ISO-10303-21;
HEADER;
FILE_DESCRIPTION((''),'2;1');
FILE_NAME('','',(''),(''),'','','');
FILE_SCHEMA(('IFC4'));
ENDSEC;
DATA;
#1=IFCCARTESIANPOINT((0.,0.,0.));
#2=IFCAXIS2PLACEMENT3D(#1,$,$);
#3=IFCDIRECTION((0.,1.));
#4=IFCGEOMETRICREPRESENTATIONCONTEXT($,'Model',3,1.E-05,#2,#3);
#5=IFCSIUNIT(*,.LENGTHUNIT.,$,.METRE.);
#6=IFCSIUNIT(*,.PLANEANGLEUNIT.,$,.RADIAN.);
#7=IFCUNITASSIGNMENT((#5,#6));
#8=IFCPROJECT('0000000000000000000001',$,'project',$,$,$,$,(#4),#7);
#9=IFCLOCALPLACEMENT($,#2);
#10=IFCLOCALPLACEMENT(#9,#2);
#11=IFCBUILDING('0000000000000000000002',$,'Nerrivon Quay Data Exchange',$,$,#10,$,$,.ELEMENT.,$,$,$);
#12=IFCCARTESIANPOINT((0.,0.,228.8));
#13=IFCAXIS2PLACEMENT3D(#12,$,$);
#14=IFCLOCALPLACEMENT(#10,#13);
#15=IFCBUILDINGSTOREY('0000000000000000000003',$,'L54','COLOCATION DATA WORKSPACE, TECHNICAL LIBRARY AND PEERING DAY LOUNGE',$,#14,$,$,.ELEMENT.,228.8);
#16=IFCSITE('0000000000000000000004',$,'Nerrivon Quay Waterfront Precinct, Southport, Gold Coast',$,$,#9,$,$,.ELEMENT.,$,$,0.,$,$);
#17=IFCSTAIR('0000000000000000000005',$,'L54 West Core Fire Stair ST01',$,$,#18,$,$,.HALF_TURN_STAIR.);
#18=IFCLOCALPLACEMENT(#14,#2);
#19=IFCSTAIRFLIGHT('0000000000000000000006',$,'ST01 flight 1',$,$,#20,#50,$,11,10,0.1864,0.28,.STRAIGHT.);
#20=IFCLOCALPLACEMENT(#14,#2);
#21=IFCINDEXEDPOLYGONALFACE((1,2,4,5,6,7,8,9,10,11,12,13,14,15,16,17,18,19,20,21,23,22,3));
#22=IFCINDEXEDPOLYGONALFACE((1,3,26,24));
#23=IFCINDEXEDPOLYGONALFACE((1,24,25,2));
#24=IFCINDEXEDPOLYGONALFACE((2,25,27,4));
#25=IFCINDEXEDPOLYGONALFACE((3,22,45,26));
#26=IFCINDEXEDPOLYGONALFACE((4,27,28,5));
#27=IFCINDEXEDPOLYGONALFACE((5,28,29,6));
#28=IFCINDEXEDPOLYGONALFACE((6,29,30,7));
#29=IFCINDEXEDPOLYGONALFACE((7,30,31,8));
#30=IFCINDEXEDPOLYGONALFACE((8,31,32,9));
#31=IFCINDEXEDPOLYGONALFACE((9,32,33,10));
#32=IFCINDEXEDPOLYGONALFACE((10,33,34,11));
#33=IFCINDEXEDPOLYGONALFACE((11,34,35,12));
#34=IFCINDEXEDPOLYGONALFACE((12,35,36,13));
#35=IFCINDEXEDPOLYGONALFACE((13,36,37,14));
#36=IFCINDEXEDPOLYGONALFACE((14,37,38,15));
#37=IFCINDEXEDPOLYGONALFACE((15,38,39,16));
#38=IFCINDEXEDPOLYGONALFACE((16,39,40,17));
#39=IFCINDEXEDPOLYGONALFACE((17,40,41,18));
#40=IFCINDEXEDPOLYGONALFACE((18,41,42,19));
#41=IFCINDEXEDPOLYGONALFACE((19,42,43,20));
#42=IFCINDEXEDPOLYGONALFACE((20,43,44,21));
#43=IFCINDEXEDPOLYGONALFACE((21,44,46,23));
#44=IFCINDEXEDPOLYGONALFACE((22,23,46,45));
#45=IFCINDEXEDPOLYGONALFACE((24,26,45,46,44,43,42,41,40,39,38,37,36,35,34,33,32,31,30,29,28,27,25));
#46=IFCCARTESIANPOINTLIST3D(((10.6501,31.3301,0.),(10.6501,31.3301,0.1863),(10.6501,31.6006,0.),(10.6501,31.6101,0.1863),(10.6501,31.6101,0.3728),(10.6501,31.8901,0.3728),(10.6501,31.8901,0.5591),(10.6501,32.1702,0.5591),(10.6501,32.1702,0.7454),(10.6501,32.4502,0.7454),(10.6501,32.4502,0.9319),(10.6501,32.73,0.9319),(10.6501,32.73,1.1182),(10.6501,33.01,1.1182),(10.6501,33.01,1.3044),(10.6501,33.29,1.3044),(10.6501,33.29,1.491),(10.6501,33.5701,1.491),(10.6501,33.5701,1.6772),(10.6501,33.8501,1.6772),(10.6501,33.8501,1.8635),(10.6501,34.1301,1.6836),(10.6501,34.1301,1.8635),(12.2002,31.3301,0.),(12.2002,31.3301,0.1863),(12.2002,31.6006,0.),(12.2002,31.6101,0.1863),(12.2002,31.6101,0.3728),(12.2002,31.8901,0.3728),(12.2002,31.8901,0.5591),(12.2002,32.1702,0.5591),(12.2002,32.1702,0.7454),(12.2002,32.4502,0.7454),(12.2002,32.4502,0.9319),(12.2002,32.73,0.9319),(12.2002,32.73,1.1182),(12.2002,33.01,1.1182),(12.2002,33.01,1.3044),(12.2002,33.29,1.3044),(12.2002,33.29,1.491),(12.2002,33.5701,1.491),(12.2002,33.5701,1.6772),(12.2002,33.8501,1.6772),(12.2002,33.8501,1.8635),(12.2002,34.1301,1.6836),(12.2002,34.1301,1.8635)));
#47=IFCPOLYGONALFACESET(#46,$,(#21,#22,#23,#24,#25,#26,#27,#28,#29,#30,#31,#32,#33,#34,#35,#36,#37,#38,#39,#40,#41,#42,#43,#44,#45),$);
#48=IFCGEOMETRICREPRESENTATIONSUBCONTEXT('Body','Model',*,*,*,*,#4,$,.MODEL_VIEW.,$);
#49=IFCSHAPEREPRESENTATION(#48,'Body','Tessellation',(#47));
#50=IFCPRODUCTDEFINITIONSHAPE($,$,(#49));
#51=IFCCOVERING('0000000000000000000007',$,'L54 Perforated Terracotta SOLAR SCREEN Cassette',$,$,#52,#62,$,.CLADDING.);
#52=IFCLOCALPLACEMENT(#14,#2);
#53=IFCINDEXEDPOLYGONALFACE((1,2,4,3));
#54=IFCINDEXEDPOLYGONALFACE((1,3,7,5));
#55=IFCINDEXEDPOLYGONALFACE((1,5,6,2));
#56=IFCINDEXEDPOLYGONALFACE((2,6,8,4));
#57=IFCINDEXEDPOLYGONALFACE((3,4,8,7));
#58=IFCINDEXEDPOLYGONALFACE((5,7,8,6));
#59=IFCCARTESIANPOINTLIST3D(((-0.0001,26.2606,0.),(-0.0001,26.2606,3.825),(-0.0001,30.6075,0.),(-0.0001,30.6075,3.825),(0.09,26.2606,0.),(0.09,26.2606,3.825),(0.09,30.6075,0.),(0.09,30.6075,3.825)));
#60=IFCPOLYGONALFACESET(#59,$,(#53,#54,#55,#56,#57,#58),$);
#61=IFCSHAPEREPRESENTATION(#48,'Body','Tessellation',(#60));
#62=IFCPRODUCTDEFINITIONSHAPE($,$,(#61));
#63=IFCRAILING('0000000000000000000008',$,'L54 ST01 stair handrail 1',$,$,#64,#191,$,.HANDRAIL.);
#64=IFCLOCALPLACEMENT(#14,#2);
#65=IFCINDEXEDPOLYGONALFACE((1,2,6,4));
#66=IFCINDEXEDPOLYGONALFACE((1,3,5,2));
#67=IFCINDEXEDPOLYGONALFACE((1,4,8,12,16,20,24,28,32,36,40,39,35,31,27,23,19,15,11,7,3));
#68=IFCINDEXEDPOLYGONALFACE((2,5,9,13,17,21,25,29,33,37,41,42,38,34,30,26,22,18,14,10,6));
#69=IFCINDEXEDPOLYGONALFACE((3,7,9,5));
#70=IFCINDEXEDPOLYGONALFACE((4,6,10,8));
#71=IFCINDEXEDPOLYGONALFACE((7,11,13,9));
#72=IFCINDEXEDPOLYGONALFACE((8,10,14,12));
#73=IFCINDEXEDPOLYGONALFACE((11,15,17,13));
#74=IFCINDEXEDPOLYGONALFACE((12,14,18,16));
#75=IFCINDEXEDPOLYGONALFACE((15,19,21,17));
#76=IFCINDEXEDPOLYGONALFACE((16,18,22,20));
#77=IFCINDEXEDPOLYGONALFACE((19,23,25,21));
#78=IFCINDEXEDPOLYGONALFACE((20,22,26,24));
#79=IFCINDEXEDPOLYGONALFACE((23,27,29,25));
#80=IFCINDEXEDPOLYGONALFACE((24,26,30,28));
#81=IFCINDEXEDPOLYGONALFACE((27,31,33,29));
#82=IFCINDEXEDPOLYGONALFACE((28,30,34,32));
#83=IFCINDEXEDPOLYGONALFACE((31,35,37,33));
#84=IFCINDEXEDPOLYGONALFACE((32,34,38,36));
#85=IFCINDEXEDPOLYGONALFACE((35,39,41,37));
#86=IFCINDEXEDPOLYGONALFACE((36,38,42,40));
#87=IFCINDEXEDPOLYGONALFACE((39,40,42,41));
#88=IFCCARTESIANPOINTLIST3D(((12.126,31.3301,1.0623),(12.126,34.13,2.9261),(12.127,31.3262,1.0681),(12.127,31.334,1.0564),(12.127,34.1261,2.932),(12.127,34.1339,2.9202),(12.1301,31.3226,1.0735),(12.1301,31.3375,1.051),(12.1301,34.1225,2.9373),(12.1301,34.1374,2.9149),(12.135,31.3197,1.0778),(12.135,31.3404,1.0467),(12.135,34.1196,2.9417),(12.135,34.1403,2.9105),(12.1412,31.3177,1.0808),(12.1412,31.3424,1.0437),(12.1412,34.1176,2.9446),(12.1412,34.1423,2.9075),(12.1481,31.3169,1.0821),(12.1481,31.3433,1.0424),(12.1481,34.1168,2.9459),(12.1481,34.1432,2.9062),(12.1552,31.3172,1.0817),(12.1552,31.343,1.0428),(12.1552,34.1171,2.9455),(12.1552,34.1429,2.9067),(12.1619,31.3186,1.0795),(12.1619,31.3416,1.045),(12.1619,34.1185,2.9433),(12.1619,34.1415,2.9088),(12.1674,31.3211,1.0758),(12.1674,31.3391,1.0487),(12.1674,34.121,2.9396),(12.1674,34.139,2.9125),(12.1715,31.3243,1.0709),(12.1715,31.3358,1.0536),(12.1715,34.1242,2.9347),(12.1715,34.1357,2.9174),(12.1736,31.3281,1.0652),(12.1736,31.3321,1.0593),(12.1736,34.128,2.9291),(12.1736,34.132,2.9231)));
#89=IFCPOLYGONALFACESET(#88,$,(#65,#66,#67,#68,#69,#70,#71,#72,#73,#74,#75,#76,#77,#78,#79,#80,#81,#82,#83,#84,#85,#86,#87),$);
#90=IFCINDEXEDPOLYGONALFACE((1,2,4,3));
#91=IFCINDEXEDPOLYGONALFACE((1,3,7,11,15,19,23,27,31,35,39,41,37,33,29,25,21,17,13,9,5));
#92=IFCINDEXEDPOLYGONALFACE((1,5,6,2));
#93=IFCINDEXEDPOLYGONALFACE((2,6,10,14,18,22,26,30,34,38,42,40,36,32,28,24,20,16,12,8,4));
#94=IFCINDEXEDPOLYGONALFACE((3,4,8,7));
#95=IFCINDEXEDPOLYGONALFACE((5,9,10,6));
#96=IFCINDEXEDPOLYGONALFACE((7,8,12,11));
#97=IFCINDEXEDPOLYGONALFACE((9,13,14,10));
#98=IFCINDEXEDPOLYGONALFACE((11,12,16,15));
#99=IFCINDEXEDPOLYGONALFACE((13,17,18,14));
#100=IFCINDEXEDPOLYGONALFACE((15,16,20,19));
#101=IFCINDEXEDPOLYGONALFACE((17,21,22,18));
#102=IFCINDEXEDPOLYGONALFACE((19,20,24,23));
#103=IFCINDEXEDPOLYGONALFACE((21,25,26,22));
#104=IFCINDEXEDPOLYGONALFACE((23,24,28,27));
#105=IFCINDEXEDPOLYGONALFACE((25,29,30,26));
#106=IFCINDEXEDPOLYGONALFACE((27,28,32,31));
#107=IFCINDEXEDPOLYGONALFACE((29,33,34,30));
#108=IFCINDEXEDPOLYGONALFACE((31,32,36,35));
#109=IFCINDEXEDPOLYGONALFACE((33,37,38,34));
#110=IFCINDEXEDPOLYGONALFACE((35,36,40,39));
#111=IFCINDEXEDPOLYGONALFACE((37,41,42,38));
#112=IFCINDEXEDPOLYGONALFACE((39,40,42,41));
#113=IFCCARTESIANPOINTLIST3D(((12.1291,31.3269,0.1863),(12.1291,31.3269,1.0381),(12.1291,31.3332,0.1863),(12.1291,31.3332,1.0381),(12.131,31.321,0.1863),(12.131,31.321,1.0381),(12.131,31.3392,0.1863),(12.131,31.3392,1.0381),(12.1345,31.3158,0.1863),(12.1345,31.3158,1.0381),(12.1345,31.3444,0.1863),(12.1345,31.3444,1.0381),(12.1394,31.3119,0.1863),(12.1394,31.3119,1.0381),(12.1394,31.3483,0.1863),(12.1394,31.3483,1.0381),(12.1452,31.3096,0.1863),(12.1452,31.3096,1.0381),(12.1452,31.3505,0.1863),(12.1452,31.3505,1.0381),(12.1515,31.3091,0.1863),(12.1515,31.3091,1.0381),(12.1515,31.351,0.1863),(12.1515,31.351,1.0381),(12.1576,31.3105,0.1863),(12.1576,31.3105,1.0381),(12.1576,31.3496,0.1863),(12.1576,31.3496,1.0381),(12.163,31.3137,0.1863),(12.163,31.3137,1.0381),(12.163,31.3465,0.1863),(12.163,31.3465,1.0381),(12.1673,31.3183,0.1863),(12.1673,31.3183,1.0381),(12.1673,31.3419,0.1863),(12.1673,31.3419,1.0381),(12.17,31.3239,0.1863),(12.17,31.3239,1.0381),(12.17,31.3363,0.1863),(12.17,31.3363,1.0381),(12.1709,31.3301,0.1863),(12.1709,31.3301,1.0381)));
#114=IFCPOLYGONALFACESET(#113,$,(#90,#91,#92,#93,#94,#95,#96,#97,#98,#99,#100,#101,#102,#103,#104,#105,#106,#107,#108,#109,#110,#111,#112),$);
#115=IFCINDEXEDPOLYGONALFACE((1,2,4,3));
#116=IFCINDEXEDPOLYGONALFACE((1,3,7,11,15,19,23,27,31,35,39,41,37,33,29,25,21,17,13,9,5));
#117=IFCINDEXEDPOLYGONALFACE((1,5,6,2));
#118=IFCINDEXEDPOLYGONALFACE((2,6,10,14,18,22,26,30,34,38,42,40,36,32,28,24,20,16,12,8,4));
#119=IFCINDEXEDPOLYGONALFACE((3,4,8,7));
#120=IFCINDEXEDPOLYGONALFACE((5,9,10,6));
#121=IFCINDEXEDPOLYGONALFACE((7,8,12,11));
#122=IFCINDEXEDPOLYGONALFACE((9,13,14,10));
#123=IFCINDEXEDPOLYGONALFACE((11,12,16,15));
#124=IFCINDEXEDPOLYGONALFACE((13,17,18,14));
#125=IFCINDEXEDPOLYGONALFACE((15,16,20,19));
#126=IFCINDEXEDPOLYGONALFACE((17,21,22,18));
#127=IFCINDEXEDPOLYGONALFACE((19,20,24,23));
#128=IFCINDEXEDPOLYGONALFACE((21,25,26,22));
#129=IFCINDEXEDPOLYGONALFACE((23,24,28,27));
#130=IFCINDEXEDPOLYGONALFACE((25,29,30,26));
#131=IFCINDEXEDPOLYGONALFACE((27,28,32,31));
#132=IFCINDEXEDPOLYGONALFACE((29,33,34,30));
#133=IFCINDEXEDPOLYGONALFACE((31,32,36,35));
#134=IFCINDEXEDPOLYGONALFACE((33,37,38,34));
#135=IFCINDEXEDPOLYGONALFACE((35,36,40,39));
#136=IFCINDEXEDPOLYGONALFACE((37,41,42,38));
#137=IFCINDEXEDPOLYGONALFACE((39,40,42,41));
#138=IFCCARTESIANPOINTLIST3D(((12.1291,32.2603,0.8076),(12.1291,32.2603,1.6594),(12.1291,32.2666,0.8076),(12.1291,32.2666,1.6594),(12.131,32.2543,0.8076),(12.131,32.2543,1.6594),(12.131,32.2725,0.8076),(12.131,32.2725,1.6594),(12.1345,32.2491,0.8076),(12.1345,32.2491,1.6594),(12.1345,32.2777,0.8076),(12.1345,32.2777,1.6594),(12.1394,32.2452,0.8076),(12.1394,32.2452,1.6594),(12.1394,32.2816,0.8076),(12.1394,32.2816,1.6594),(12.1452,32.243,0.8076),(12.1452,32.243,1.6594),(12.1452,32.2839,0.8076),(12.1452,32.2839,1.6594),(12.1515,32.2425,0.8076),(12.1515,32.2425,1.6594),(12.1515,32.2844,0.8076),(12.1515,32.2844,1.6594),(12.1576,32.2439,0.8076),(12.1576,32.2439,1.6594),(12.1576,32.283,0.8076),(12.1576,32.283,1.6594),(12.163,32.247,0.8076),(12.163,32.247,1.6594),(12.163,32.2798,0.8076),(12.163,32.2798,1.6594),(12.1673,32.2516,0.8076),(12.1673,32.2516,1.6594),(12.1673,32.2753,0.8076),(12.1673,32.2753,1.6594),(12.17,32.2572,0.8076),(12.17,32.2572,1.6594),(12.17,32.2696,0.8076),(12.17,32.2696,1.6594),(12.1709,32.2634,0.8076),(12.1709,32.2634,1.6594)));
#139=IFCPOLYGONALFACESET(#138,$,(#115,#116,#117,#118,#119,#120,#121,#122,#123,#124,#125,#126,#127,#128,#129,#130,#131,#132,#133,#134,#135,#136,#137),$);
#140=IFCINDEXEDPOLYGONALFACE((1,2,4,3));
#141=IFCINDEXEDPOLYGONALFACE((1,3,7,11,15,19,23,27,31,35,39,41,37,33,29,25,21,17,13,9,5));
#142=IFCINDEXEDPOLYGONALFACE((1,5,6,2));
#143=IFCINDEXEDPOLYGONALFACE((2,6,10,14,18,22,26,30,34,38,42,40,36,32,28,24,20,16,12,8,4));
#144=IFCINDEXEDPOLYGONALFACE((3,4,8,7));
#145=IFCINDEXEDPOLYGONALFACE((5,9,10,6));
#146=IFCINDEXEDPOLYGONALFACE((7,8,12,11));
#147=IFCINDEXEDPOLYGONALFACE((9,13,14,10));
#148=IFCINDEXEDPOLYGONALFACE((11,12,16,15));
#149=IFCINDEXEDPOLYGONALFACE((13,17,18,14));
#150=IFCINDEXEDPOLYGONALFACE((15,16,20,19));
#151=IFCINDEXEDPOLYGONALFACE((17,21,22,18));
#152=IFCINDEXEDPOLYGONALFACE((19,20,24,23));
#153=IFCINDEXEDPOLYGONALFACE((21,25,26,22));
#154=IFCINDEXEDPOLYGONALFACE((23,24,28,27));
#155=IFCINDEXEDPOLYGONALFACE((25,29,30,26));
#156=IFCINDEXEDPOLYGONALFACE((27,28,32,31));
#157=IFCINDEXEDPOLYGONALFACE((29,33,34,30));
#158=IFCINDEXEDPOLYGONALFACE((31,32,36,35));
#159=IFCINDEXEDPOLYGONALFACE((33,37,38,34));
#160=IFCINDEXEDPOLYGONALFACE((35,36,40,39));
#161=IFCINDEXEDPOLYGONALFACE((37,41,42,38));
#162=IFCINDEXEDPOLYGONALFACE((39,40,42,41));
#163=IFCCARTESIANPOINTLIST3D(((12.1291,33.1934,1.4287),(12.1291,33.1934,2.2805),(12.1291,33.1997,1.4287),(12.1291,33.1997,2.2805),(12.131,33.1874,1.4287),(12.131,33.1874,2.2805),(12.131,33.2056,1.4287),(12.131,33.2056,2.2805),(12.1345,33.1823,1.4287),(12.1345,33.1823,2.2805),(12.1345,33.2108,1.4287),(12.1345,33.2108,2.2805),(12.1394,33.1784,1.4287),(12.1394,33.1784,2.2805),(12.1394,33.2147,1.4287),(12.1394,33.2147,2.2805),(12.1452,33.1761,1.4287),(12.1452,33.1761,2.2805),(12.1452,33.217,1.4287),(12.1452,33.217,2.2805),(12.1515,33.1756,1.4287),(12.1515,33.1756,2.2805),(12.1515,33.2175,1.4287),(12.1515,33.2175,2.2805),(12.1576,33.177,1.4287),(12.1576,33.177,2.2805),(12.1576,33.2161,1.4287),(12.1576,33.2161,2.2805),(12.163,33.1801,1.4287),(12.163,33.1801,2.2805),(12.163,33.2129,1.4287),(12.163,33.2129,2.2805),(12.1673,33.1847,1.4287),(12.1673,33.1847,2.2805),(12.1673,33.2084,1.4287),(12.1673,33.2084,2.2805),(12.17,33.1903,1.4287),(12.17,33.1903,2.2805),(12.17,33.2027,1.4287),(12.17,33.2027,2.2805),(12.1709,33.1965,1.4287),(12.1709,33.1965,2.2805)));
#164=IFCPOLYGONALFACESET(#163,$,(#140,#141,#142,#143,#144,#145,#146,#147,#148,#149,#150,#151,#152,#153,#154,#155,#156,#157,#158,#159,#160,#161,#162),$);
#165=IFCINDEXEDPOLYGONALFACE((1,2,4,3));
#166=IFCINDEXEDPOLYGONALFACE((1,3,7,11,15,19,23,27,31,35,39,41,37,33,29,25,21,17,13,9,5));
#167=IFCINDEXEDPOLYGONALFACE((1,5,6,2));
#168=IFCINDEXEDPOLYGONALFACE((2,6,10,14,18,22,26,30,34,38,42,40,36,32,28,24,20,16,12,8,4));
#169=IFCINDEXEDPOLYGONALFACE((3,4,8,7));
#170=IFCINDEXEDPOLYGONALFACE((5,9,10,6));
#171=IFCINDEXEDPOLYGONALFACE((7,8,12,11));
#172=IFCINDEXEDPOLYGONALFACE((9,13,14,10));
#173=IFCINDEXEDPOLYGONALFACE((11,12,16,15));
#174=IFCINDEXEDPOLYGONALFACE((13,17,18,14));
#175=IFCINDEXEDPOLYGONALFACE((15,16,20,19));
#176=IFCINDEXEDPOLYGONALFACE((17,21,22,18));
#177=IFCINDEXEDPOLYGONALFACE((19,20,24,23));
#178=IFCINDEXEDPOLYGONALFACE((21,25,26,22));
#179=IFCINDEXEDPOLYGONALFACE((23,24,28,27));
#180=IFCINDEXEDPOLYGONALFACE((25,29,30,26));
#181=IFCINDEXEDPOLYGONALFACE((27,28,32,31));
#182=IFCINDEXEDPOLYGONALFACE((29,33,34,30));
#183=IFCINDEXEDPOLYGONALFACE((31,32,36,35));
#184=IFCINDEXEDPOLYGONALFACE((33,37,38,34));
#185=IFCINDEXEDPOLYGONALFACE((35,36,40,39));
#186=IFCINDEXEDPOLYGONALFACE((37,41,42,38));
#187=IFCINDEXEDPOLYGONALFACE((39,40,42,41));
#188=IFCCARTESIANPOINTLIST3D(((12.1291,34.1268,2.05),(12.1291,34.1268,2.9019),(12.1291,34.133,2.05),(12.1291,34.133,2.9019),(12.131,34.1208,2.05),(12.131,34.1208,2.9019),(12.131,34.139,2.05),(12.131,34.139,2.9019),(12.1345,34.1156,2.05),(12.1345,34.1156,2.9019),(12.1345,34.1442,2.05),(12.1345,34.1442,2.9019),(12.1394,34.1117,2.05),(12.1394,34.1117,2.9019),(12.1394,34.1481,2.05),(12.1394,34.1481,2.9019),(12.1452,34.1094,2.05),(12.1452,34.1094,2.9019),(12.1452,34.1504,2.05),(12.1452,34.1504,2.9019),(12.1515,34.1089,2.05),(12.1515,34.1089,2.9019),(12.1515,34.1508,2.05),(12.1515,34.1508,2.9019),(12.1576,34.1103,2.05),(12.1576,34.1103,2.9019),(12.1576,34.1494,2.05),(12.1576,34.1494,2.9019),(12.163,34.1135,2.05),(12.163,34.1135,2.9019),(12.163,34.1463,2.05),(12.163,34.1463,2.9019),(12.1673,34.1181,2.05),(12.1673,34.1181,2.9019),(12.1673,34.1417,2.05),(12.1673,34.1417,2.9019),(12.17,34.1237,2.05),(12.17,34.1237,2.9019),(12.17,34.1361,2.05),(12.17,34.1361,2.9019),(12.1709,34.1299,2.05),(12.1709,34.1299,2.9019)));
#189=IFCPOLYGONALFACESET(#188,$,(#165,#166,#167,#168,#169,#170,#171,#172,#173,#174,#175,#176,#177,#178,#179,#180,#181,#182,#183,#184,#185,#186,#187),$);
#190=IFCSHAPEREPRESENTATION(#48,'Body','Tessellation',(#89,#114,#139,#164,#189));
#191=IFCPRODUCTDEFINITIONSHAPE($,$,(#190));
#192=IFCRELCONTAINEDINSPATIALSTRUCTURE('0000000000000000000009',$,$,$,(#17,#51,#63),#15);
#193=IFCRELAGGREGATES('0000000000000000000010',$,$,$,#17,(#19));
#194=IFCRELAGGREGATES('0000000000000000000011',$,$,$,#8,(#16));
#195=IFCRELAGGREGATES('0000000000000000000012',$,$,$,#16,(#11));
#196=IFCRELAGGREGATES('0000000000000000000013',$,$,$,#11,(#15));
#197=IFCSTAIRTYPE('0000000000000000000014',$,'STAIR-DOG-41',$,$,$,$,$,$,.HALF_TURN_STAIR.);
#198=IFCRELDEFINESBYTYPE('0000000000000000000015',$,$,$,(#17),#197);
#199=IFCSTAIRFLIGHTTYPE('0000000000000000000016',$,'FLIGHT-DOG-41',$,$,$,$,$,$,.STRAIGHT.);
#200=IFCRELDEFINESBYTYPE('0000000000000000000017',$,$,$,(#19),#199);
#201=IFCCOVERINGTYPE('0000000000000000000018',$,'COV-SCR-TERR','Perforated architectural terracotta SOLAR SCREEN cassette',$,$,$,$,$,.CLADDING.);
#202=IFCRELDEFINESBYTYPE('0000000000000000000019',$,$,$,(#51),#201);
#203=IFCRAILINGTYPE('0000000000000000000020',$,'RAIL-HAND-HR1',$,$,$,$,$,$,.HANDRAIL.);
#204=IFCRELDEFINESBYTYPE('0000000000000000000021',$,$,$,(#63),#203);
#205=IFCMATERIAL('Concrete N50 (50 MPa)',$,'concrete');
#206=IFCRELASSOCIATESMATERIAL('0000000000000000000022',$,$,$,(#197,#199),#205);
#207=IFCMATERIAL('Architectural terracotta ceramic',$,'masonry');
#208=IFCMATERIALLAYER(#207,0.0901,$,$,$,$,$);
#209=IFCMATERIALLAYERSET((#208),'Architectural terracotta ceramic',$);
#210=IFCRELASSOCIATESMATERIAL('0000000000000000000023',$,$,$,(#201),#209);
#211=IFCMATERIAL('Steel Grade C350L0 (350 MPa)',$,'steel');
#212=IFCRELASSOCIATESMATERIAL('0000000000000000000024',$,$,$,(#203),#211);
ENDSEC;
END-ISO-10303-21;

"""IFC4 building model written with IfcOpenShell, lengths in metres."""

from ifc_helpers import new_model, si_unit, direction, frame, origin, origin_2d, place, context, subcontext, project, spatial, polyline, rectangle, circle, outline, extrude, material, layer, layer_set, type_object, element, aggregate, save


model = new_model("IFC4")

# Units and contexts
model_context = context("Model", 3, precision=1e-05, world=origin(), true_north=direction((0.0, 1.0)))
body_context = subcontext(model_context, "Body", "Model", "MODEL_VIEW")
ifc_project = project(units=[si_unit("LENGTHUNIT", "METRE"), si_unit("PLANEANGLEUNIT", "RADIAN")], contexts=[model_context])

# Site, building, storey
site_placement = place(None, origin())
site = spatial("IfcSite", under=ifc_project, at=site_placement, Name="Nerrivon Quay Waterfront Precinct, Southport, Gold Coast", CompositionType="ELEMENT", RefElevation=0.0)
building_placement = place(site_placement, origin())
building = spatial("IfcBuilding", under=site, at=building_placement, Name="Nerrivon Quay Data Exchange", CompositionType="ELEMENT")
storey_placement = place(building_placement, frame((0.0, 0.0, 228.8)))
storey = spatial("IfcBuildingStorey", under=building, at=storey_placement, Name="L54", Description="COLOCATION DATA WORKSPACE, TECHNICAL LIBRARY AND PEERING DAY LOUNGE", CompositionType="ELEMENT", Elevation=228.8)

# Shared definitions
ifc_material_1 = material(Name="Concrete N50 (50 MPa)", Category="concrete")

# Stair, stair flight
stair_type = type_object("IfcStairType", Name="STAIR-DOG-41", PredefinedType="HALF_TURN_STAIR", material=ifc_material_1)
stair_placement = place(storey_placement, origin())
stair = element("IfcStair", 1, at=stair_placement, inside=storey, type_object=stair_type, Name="L54 West Core Fire Stair ST01", PredefinedType="HALF_TURN_STAIR")
stair_flight_type = type_object("IfcStairFlightType", Name="FLIGHT-DOG-41", PredefinedType="STRAIGHT", material=ifc_material_1)
stair_flight_placement = place(storey_placement, frame((11.425, 31.3301, 0.0), z_axis=(0.0, 0.0, 1.0), x_axis=(0.0, 1.0, 0.0)))
stair_flight = element("IfcStairFlight", 2, at=stair_flight_placement, type_object=stair_flight_type, Name="ST01 flight 1", NumberOfRisers=11, NumberOfTreads=10, PredefinedType="STRAIGHT", RiserHeight=0.1864, TreadLength=0.28, context=body_context, shape_type="SweptSolid", body=[
    extrude(outline(polyline([(0.0, 0.0), (0.0, 0.1863), (0.28, 0.1863), (0.28, 0.3728), (0.5601, 0.3728), (0.5601, 0.5591), (0.8401, 0.5591), (0.8401, 0.7454), (1.1201, 0.7454), (1.1201, 0.9319), (1.3999, 0.9319), (1.3999, 1.1182), (1.6799, 1.1182), (1.6799, 1.3044), (1.96, 1.3044), (1.96, 1.491), (2.24, 1.491), (2.24, 1.6772), (2.52, 1.6772), (2.52, 1.8635), (2.8, 1.8635), (2.8, 2.05), (2.8, 1.6836), (0.2705, 0.0), (0.0, 0.0)])), frame((0.0, 0.7749, 0.0), z_axis=(0.0, -1.0, 0.0), x_axis=(1.0, 0.0, 0.0)), (0.0, 0.0, 1.0), 1.55),
])
aggregate(stair, [stair_flight])

# Covering
ifc_material_2 = material(Name="Architectural terracotta ceramic", Category="masonry")
ifc_layer_1 = layer(ifc_material_2, 0.0901)
ifc_layer_set_1 = layer_set([ifc_layer_1], Name="Architectural terracotta ceramic")
covering_type = type_object("IfcCoveringType", Name="COV-SCR-TERR", Description="Perforated architectural terracotta SOLAR SCREEN cassette", PredefinedType="CLADDING", material=ifc_layer_set_1)
covering_placement = place(storey_placement, frame((0.0449, 28.4341, 0.0), z_axis=(0.0, 0.0, 1.0), x_axis=(0.0, 1.0, 0.0)))
element("IfcCovering", 3, at=covering_placement, inside=storey, type_object=covering_type, Name="L54 Perforated Terracotta SOLAR SCREEN Cassette", PredefinedType="CLADDING", context=body_context, shape_type="SweptSolid", body=[
    extrude(rectangle(XDim=4.3469, YDim=0.0901, at=origin_2d()), origin(), (0.0, 0.0, 1.0), 3.825),
])

# Railing
ifc_material_3 = material(Name="Steel Grade C350L0 (350 MPa)", Category="steel")
railing_type_1 = type_object("IfcRailingType", Name="RAIL-HAND-HR1", PredefinedType="HANDRAIL", material=ifc_material_3)
railing_1_placement = place(storey_placement, frame((12.1499, 31.3301, 0.1863)))
element("IfcRailing", 4, at=railing_1_placement, inside=storey, type_object=railing_type_1, Name="L54 ST01 stair handrail 1", PredefinedType="HANDRAIL", context=body_context, shape_type="SweptSolid", body=[
    extrude(circle(Radius=0.0239, at=origin_2d()), frame((0.0, 0.0, 0.876), z_axis=(0.0, 0.83243, 0.554131), x_axis=(-1.0, 0.0, 0.0)), (0.0, 0.0, 1.0), 3.3635),
    extrude(circle(Radius=0.021, at=origin_2d()), origin(), (0.0, 0.0, 1.0), 0.8518),
    extrude(circle(Radius=0.021, at=origin_2d()), frame((0.0, 0.9333, 0.6213)), (0.0, 0.0, 1.0), 0.8518),
    extrude(circle(Radius=0.021, at=origin_2d()), frame((0.0, 1.8665, 1.2424)), (0.0, 0.0, 1.0), 0.8518),
    extrude(circle(Radius=0.021, at=origin_2d()), frame((0.0, 2.7998, 1.8638)), (0.0, 0.0, 1.0), 0.8518),
])

save(model, "model.ifc")
